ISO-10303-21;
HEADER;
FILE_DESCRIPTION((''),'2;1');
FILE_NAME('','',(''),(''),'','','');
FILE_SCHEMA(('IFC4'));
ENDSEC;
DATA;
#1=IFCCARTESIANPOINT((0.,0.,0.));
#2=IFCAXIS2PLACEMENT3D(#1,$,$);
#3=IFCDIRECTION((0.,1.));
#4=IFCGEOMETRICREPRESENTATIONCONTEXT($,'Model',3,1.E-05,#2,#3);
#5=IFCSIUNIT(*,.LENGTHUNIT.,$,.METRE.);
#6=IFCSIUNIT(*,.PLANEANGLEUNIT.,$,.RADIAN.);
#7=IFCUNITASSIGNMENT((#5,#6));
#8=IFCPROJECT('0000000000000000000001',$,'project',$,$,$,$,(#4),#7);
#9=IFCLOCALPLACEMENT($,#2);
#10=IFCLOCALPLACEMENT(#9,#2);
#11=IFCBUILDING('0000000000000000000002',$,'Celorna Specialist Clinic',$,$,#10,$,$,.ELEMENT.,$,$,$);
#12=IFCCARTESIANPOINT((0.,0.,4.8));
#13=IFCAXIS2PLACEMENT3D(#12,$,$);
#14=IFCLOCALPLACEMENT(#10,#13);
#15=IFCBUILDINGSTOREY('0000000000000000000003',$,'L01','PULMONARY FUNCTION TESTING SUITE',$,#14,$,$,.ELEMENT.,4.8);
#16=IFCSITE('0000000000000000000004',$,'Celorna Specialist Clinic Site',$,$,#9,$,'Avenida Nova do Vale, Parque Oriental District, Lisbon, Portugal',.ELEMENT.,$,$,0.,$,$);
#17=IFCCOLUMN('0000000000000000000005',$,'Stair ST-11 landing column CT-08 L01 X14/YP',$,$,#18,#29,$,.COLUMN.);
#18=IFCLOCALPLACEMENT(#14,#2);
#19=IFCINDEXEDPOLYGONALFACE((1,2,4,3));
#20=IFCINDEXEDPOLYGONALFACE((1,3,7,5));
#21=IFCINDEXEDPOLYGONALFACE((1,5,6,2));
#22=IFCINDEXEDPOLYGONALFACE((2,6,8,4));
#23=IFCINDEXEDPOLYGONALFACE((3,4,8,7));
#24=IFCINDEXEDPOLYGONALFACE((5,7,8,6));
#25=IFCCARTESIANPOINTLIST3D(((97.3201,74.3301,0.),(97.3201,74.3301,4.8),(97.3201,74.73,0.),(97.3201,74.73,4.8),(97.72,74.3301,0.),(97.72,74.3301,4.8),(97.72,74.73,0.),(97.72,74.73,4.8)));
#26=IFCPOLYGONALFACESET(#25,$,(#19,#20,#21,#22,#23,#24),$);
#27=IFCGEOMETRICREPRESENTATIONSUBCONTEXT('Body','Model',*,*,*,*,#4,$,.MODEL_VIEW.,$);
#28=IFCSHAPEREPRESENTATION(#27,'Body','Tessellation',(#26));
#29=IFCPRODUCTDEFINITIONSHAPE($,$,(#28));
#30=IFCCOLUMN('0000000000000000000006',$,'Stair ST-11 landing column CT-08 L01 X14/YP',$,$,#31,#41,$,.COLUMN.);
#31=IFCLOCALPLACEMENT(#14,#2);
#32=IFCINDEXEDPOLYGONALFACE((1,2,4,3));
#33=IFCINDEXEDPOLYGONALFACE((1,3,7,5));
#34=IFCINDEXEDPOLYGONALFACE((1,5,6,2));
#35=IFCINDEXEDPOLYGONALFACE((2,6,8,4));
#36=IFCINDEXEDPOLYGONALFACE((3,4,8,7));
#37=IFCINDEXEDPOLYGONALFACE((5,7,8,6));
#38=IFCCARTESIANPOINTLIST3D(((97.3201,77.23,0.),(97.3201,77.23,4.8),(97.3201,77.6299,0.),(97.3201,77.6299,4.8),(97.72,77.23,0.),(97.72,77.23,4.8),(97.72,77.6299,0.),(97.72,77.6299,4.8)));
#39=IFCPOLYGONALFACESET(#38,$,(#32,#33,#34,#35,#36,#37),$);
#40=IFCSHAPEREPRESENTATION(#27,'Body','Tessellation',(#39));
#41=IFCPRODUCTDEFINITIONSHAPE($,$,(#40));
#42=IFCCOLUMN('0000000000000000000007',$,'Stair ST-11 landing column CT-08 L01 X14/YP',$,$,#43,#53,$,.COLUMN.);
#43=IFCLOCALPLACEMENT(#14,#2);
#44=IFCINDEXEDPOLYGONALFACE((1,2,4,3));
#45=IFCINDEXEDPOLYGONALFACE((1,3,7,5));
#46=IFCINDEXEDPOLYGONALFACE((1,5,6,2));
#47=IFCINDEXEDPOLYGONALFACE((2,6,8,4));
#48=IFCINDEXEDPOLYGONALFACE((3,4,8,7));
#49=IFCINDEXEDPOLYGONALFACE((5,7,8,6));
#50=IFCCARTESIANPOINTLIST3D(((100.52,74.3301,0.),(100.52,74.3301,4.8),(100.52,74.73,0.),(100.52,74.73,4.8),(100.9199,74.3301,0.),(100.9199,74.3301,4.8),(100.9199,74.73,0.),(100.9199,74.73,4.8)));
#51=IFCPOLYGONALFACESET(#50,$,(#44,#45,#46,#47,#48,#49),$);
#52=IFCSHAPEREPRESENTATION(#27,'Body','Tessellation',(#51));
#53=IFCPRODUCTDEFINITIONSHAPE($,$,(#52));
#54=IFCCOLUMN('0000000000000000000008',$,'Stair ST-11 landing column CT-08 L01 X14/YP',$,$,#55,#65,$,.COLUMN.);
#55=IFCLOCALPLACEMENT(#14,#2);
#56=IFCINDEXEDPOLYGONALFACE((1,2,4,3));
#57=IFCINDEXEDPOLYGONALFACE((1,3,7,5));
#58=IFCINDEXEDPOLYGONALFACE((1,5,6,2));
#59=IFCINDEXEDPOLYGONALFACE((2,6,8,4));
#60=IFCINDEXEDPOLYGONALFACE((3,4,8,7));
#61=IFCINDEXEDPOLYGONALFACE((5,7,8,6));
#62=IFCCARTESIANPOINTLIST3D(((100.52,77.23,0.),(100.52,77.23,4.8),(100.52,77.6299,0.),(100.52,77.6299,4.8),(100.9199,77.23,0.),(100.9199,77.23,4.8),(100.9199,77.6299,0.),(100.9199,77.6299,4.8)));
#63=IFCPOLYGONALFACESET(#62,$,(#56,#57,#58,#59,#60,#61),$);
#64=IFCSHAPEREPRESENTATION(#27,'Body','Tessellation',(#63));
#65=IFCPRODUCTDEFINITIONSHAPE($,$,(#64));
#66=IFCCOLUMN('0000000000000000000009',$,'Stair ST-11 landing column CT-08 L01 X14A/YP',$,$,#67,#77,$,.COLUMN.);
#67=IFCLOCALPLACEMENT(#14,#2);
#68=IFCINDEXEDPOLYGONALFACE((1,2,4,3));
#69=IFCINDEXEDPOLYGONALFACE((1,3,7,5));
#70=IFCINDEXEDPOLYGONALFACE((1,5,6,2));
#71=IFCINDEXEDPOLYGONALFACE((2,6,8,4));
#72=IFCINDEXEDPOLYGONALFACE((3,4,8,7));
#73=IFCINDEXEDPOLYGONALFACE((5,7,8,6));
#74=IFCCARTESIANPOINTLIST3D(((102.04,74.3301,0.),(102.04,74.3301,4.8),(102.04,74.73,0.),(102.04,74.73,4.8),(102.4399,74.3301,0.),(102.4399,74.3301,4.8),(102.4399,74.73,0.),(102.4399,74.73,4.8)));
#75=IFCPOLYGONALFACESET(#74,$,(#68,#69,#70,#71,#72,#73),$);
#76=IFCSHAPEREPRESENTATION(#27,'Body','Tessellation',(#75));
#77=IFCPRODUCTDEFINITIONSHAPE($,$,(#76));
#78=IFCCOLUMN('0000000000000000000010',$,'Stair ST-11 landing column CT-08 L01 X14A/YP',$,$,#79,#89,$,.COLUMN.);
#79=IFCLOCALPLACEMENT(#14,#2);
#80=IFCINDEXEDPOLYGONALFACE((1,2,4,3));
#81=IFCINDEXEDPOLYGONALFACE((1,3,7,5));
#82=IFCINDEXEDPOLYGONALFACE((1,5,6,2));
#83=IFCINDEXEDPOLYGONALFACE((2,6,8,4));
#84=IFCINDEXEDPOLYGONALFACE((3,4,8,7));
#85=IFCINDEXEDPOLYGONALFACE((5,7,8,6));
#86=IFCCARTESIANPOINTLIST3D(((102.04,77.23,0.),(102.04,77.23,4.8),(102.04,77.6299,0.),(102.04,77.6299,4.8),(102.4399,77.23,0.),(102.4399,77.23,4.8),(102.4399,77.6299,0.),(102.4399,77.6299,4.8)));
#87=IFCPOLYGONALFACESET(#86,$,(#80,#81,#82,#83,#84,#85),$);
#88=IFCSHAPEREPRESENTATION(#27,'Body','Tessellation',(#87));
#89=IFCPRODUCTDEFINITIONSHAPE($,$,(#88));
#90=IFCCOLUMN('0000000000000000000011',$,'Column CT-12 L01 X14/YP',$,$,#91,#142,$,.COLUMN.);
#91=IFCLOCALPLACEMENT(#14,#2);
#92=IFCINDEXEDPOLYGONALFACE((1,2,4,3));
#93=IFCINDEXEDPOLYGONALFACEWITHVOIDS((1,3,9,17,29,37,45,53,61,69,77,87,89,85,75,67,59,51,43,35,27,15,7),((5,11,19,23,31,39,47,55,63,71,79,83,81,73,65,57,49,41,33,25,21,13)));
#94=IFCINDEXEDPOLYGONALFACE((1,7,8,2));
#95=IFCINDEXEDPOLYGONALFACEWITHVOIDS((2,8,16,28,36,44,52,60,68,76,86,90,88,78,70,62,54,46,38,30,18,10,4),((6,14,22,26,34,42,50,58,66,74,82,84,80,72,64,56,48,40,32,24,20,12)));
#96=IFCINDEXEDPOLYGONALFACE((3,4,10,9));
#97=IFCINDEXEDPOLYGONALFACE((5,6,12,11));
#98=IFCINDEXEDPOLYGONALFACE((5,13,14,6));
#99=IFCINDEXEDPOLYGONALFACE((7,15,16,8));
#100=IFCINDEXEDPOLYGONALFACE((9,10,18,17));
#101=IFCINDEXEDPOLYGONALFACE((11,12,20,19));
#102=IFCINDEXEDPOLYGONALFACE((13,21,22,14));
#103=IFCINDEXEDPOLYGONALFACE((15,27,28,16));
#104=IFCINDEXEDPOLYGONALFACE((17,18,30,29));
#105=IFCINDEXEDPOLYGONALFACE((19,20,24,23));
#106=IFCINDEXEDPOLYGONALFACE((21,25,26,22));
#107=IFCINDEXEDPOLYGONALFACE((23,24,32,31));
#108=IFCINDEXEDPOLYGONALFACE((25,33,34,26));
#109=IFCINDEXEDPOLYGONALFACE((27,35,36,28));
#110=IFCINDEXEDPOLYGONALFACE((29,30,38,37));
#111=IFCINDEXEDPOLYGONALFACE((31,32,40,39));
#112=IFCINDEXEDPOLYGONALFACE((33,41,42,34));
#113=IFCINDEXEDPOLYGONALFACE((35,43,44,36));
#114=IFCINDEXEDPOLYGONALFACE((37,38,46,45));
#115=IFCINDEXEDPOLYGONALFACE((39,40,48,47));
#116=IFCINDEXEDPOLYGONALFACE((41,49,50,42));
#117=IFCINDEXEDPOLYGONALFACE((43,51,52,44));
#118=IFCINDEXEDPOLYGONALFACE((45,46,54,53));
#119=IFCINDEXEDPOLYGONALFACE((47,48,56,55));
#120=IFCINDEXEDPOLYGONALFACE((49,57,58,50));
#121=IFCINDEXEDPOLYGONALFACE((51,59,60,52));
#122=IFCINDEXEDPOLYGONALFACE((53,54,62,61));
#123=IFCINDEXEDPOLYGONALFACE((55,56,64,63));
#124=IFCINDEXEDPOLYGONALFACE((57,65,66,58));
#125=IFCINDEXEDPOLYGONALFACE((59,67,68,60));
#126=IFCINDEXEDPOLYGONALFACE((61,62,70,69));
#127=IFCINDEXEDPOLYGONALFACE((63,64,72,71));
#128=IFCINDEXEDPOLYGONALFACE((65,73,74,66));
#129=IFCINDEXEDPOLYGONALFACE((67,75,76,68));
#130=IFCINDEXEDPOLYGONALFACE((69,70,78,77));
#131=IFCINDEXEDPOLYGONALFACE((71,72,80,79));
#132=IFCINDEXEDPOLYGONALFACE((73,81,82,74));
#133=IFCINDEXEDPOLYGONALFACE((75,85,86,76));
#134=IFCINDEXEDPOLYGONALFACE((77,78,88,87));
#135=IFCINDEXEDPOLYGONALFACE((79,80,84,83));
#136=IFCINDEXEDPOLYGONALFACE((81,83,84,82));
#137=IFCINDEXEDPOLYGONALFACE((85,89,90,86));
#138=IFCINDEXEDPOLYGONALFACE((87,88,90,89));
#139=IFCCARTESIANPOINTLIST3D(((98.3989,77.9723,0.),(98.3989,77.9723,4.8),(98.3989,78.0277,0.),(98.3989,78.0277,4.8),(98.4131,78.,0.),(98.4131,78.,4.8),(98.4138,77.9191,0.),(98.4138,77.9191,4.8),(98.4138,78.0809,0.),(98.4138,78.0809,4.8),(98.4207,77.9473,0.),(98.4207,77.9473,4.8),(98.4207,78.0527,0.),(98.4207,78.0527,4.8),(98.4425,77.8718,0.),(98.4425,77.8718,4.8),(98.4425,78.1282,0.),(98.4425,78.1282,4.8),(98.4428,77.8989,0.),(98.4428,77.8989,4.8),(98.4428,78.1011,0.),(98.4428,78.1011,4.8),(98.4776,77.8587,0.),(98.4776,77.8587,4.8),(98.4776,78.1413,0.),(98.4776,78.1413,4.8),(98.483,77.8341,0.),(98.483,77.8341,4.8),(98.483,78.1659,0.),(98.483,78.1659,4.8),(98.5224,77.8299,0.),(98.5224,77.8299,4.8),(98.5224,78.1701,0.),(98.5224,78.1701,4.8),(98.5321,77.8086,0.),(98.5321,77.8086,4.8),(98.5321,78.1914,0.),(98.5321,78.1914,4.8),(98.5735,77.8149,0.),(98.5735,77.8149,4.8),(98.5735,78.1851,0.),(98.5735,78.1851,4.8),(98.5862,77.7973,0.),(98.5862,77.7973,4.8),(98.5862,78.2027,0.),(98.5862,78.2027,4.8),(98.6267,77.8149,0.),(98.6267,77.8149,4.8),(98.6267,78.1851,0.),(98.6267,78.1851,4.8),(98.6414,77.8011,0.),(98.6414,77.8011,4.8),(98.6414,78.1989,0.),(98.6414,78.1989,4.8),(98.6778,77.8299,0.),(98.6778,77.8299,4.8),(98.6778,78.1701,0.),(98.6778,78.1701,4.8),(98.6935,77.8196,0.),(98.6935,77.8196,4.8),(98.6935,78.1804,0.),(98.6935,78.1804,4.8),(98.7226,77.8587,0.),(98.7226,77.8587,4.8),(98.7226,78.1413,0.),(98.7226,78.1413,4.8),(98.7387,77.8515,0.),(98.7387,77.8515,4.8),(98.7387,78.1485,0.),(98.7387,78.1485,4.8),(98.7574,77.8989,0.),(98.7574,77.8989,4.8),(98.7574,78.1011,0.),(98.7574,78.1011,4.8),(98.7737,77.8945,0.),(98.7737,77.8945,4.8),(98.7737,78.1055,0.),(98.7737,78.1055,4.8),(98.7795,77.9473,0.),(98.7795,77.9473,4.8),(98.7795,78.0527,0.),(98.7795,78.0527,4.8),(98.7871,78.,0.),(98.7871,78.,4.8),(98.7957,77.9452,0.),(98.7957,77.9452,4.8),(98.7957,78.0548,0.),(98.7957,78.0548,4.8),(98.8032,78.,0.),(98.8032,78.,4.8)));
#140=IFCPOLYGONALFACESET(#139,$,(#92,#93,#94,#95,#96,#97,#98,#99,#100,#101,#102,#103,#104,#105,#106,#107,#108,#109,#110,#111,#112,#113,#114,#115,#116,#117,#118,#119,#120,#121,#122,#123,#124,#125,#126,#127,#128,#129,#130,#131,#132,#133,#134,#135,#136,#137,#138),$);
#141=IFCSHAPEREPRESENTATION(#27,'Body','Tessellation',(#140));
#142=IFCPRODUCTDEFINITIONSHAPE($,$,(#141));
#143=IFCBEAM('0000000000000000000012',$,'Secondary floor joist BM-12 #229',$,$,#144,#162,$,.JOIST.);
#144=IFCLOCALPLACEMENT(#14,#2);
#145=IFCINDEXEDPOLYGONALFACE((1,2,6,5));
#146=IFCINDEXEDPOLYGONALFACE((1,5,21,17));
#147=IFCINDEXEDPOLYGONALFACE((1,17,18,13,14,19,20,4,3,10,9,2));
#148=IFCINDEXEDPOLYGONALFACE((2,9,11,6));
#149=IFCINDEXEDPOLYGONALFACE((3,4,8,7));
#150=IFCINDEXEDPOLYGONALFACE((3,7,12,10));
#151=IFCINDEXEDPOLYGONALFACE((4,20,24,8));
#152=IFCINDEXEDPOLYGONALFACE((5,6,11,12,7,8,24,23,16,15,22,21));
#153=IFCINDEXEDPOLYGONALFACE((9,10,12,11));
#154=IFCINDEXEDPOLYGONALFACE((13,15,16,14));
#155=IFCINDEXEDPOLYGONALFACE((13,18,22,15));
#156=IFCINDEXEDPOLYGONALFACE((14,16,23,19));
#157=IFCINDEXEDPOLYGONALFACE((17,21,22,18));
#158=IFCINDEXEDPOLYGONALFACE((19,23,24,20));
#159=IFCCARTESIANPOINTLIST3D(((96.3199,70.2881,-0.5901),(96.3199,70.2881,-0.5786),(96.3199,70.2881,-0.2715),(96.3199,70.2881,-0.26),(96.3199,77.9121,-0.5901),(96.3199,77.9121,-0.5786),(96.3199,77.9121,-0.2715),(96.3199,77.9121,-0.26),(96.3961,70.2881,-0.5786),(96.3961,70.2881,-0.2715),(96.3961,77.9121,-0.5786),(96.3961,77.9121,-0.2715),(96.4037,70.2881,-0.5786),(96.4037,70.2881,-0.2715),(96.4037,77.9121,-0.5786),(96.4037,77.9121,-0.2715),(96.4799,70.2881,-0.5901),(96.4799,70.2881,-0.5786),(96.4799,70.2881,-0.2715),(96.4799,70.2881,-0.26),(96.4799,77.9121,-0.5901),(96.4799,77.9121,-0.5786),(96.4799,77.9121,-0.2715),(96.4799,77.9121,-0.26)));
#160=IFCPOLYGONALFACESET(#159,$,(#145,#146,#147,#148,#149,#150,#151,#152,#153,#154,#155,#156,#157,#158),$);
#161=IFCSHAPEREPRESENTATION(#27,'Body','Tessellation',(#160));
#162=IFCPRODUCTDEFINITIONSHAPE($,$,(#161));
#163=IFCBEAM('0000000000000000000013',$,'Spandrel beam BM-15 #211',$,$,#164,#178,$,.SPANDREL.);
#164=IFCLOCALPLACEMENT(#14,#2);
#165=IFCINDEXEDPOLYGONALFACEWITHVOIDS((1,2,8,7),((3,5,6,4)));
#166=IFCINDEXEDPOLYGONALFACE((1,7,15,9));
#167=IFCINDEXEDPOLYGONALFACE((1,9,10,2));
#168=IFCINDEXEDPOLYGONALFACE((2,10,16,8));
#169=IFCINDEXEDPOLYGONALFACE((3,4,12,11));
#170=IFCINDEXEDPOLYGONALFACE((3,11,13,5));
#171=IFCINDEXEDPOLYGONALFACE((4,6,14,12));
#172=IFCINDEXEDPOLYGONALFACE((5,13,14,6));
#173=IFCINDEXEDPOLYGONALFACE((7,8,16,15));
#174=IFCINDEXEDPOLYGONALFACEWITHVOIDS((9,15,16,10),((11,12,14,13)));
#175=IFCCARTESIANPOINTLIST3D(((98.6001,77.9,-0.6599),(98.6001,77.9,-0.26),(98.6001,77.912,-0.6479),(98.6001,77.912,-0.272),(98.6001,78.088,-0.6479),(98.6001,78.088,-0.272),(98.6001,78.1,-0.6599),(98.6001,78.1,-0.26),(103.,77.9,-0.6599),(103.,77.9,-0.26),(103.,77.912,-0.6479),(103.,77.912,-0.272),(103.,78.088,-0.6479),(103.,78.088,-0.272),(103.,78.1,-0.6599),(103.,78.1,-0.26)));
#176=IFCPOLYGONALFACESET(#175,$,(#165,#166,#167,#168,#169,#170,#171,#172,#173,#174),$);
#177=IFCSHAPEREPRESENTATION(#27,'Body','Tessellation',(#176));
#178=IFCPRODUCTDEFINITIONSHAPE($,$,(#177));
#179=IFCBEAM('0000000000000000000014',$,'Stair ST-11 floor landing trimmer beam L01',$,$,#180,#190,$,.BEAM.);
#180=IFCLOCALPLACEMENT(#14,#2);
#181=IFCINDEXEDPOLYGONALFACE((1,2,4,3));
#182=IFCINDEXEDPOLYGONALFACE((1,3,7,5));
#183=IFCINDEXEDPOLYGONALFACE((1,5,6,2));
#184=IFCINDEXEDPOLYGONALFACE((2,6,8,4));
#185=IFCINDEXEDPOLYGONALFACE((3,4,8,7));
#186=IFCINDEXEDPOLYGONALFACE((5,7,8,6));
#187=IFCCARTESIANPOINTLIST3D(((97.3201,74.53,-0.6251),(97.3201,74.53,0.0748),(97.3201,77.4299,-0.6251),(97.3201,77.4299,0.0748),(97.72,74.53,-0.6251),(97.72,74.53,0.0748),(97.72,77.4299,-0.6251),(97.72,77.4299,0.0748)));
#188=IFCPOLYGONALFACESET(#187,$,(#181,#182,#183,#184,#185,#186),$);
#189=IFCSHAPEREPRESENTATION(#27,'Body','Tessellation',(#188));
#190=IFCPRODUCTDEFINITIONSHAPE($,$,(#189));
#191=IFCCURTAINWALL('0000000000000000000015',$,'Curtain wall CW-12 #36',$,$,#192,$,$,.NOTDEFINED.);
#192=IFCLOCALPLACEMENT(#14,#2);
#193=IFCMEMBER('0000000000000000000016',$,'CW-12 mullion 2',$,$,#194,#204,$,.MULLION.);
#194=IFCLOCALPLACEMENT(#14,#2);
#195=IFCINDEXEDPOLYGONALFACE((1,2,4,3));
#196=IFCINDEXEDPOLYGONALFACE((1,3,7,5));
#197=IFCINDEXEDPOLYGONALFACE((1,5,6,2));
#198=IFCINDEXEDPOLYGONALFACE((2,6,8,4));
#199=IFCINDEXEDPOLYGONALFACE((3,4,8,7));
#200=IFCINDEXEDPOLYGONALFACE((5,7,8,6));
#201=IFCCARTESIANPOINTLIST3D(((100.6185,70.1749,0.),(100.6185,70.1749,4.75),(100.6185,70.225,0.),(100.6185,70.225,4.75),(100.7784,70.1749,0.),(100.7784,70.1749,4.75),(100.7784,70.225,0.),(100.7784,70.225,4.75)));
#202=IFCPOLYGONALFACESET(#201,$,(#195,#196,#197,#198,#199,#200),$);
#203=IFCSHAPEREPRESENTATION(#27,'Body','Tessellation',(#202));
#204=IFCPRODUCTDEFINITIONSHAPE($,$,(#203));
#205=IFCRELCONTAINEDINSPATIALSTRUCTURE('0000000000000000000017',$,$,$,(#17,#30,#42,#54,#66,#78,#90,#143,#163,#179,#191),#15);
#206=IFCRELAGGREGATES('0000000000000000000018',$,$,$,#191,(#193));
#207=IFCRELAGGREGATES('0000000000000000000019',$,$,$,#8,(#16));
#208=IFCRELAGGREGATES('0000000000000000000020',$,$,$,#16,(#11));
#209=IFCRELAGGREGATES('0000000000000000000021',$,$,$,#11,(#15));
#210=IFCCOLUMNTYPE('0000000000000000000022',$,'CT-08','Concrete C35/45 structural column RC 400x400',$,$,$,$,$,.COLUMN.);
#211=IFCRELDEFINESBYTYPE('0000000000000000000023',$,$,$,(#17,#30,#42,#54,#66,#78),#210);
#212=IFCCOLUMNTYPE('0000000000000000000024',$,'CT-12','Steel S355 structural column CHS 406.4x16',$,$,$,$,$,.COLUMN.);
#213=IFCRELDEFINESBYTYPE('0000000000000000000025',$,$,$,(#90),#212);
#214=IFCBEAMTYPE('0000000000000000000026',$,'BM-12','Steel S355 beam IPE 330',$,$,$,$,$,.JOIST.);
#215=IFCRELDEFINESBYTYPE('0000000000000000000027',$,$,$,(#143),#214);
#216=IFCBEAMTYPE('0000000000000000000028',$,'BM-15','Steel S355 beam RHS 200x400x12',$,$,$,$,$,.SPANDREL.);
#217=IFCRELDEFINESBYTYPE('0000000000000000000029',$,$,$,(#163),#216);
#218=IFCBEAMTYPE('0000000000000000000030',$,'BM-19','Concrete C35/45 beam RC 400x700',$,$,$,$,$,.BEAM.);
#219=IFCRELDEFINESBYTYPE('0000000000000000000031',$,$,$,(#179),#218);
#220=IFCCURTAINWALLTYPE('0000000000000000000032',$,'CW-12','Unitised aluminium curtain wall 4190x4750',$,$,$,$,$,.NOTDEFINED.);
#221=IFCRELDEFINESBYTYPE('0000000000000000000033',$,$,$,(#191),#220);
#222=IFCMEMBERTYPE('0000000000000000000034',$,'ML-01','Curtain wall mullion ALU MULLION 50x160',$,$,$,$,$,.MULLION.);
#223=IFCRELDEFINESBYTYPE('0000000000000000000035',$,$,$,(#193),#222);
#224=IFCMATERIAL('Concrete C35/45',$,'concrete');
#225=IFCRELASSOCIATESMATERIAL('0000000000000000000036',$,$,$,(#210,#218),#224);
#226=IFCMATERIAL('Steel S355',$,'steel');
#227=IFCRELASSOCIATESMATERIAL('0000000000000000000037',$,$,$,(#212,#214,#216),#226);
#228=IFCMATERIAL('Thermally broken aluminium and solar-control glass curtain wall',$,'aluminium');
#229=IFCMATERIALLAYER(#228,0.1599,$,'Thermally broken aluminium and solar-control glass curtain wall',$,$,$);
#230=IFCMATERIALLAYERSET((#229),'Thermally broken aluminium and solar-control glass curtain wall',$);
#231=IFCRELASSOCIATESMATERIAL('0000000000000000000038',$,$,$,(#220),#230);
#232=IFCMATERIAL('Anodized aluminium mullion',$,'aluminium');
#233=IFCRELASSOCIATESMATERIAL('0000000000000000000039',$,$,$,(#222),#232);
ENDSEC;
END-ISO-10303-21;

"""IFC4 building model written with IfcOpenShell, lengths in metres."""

from ifc_helpers import new_model, si_unit, direction, frame, origin, origin_2d, place, context, subcontext, project, spatial, rectangle, hollow_rectangle, hollow_circle, i_section, extrude, material, layer, layer_set, material_profile, profile_set, type_object, element, aggregate, save


model = new_model("IFC4")

# Units and contexts
model_context = context("Model", 3, precision=1e-05, world=origin(), true_north=direction((0.0, 1.0)))
body_context = subcontext(model_context, "Body", "Model", "MODEL_VIEW")
ifc_project = project(units=[si_unit("LENGTHUNIT", "METRE"), si_unit("PLANEANGLEUNIT", "RADIAN")], contexts=[model_context])

# Site, building, storey
site_placement = place(None, origin())
site = spatial("IfcSite", under=ifc_project, at=site_placement, Name="Celorna Specialist Clinic Site", LongName="Avenida Nova do Vale, Parque Oriental District, Lisbon, Portugal", CompositionType="ELEMENT", RefElevation=0.0)
building_placement = place(site_placement, origin())
building = spatial("IfcBuilding", under=site, at=building_placement, Name="Celorna Specialist Clinic", CompositionType="ELEMENT")
storey_placement = place(building_placement, frame((0.0, 0.0, 4.8)))
storey = spatial("IfcBuildingStorey", under=building, at=storey_placement, Name="L01", Description="PULMONARY FUNCTION TESTING SUITE", CompositionType="ELEMENT", Elevation=4.8)

# Columns
ifc_material_1 = material(Name="Concrete C35/45", Category="concrete")
ifc_material_profile_1 = material_profile(ifc_material_1, rectangle(XDim=0.3999, YDim=0.3999, at=origin_2d()), Name="RC 400x400")
ifc_profile_set_1 = profile_set([ifc_material_profile_1], Name="Concrete C35/45")
column_type_1 = type_object("IfcColumnType", Name="CT-08", Description="Concrete C35/45 structural column RC 400x400", PredefinedType="COLUMN", material=ifc_profile_set_1)
for number, where, z_axis, x_axis, name in (
    (1, (97.52, 74.53, 0.0), (0.0, 0.0, 1.0), (1.0, 0.0, 0.0), "Stair ST-11 landing column CT-08 L01 X14/YP"),
    (2, (97.52, 77.4299, 0.0), (0.0, 0.0, 1.0), (1.0, 0.0, 0.0), "Stair ST-11 landing column CT-08 L01 X14/YP"),
    (3, (100.72, 74.53, 0.0), (0.0, 0.0, 1.0), (1.0, 0.0, 0.0), "Stair ST-11 landing column CT-08 L01 X14/YP"),
    (4, (100.72, 77.4299, 0.0), (0.0, 0.0, 1.0), (1.0, 0.0, 0.0), "Stair ST-11 landing column CT-08 L01 X14/YP"),
    (5, (102.24, 74.53, 0.0), (0.0, 0.0, 1.0), (1.0, 0.0, 0.0), "Stair ST-11 landing column CT-08 L01 X14A/YP"),
    (6, (102.24, 77.4299, 0.0), (0.0, 0.0, 1.0), (1.0, 0.0, 0.0), "Stair ST-11 landing column CT-08 L01 X14A/YP"),
):
    element("IfcColumn", number, at=place(storey_placement, frame(where, z_axis=z_axis, x_axis=x_axis)), inside=storey, type_object=column_type_1, Name=name, PredefinedType="COLUMN", context=body_context, shape_type="SweptSolid", body=[
        extrude(rectangle(XDim=0.3999, YDim=0.3999, at=origin_2d()), origin(), (0.0, 0.0, 1.0), 4.8),
    ])
ifc_material_2 = material(Name="Steel S355", Category="steel")
ifc_material_profile_2 = material_profile(ifc_material_2, hollow_circle(Radius=0.2031, WallThickness=0.0161, at=origin_2d()), Name="CHS 406.4x16")
ifc_profile_set_2 = profile_set([ifc_material_profile_2], Name="Steel S355")
column_type_2 = type_object("IfcColumnType", Name="CT-12", Description="Steel S355 structural column CHS 406.4x16", PredefinedType="COLUMN", material=ifc_profile_set_2)
column_placement = place(storey_placement, frame((98.6001, 78.0, 0.0), z_axis=(0.0, 0.0, 1.0), x_axis=(1.0, 0.0, 0.0)))
element("IfcColumn", 7, at=column_placement, inside=storey, type_object=column_type_2, Name="Column CT-12 L01 X14/YP", PredefinedType="COLUMN", context=body_context, shape_type="SweptSolid", body=[
    extrude(hollow_circle(Radius=0.2031, WallThickness=0.0161, at=origin_2d()), origin(), (0.0, 0.0, 1.0), 4.8),
])

# Beams
ifc_material_profile_3 = material_profile(ifc_material_2, i_section(OverallWidth=0.1599, OverallDepth=0.3301, WebThickness=0.0076, FlangeThickness=0.0115, at=origin_2d()), Name="IPE 330")
ifc_profile_set_3 = profile_set([ifc_material_profile_3], Name="Steel S355")
beam_type_1 = type_object("IfcBeamType", Name="BM-12", Description="Steel S355 beam IPE 330", PredefinedType="JOIST", material=ifc_profile_set_3)
beam_1_placement = place(storey_placement, frame((96.3999, 70.2881, -0.425), z_axis=(0.0, 1.0, 0.0), x_axis=(-1.0, 0.0, 0.0)))
element("IfcBeam", 8, at=beam_1_placement, inside=storey, type_object=beam_type_1, Name="Secondary floor joist BM-12 #229", PredefinedType="JOIST", context=body_context, shape_type="SweptSolid", body=[
    extrude(i_section(OverallWidth=0.1599, OverallDepth=0.3301, WebThickness=0.0076, FlangeThickness=0.0115, at=origin_2d()), origin(), (0.0, 0.0, 1.0), 7.624),
])
ifc_material_profile_4 = material_profile(ifc_material_2, hollow_rectangle(XDim=0.2, YDim=0.3999, WallThickness=0.012, at=origin_2d()), Name="RHS 200x400x12")
ifc_profile_set_4 = profile_set([ifc_material_profile_4], Name="Steel S355")
beam_type_2 = type_object("IfcBeamType", Name="BM-15", Description="Steel S355 beam RHS 200x400x12", PredefinedType="SPANDREL", material=ifc_profile_set_4)
beam_2_placement = place(storey_placement, frame((98.6001, 78.0, -0.46), z_axis=(1.0, 0.0, 0.0), x_axis=(0.0, 1.0, 0.0)))
element("IfcBeam", 9, at=beam_2_placement, inside=storey, type_object=beam_type_2, Name="Spandrel beam BM-15 #211", PredefinedType="SPANDREL", context=body_context, shape_type="SweptSolid", body=[
    extrude(hollow_rectangle(XDim=0.2, YDim=0.3999, WallThickness=0.012, at=origin_2d()), origin(), (0.0, 0.0, 1.0), 4.3999),
])
ifc_material_profile_5 = material_profile(ifc_material_1, rectangle(XDim=0.3999, YDim=0.7, at=origin_2d()), Name="RC 400x700")
ifc_profile_set_5 = profile_set([ifc_material_profile_5], Name="Concrete C35/45")
beam_type_3 = type_object("IfcBeamType", Name="BM-19", Description="Concrete C35/45 beam RC 400x700", PredefinedType="BEAM", material=ifc_profile_set_5)
beam_3_placement = place(storey_placement, frame((97.52, 74.53, -0.2751), z_axis=(0.0, 1.0, 0.0), x_axis=(-1.0, 0.0, 0.0)))
element("IfcBeam", 10, at=beam_3_placement, inside=storey, type_object=beam_type_3, Name="Stair ST-11 floor landing trimmer beam L01", PredefinedType="BEAM", context=body_context, shape_type="SweptSolid", body=[
    extrude(rectangle(XDim=0.3999, YDim=0.7, at=origin_2d()), origin(), (0.0, 0.0, 1.0), 2.8999),
])

# Curtain wall, member
ifc_material_3 = material(Name="Thermally broken aluminium and solar-control glass curtain wall", Category="aluminium")
ifc_layer_1 = layer(ifc_material_3, 0.1599, Name="Thermally broken aluminium and solar-control glass curtain wall")
ifc_layer_set_1 = layer_set([ifc_layer_1], Name="Thermally broken aluminium and solar-control glass curtain wall")
curtain_wall_type = type_object("IfcCurtainWallType", Name="CW-12", Description="Unitised aluminium curtain wall 4190x4750", PredefinedType="NOTDEFINED", material=ifc_layer_set_1)
curtain_wall_placement = place(storey_placement, origin())
curtain_wall = element("IfcCurtainWall", 11, at=curtain_wall_placement, inside=storey, type_object=curtain_wall_type, Name="Curtain wall CW-12 #36", PredefinedType="NOTDEFINED")
ifc_material_4 = material(Name="Anodized aluminium mullion", Category="aluminium")
ifc_material_profile_6 = material_profile(ifc_material_4, rectangle(XDim=0.05, YDim=0.1599, at=origin_2d()), Name="ALU MULLION 50x160")
ifc_profile_set_6 = profile_set([ifc_material_profile_6], Name="Anodized aluminium mullion")
member_type_1 = type_object("IfcMemberType", Name="ML-01", Description="Curtain wall mullion ALU MULLION 50x160", PredefinedType="MULLION", material=ifc_profile_set_6)
member_1_placement = place(storey_placement, frame((100.6985, 70.2, 0.0), z_axis=(0.0, 0.0, 1.0), x_axis=(0.0, -1.0, 0.0)))
member_1 = element("IfcMember", 12, at=member_1_placement, type_object=member_type_1, Name="CW-12 mullion 2", PredefinedType="MULLION", context=body_context, shape_type="SweptSolid", body=[
    extrude(rectangle(XDim=0.05, YDim=0.1599, at=origin_2d()), origin(), (0.0, 0.0, 1.0), 4.75),
])
aggregate(curtain_wall, [member_1])

save(model, "model.ifc")
